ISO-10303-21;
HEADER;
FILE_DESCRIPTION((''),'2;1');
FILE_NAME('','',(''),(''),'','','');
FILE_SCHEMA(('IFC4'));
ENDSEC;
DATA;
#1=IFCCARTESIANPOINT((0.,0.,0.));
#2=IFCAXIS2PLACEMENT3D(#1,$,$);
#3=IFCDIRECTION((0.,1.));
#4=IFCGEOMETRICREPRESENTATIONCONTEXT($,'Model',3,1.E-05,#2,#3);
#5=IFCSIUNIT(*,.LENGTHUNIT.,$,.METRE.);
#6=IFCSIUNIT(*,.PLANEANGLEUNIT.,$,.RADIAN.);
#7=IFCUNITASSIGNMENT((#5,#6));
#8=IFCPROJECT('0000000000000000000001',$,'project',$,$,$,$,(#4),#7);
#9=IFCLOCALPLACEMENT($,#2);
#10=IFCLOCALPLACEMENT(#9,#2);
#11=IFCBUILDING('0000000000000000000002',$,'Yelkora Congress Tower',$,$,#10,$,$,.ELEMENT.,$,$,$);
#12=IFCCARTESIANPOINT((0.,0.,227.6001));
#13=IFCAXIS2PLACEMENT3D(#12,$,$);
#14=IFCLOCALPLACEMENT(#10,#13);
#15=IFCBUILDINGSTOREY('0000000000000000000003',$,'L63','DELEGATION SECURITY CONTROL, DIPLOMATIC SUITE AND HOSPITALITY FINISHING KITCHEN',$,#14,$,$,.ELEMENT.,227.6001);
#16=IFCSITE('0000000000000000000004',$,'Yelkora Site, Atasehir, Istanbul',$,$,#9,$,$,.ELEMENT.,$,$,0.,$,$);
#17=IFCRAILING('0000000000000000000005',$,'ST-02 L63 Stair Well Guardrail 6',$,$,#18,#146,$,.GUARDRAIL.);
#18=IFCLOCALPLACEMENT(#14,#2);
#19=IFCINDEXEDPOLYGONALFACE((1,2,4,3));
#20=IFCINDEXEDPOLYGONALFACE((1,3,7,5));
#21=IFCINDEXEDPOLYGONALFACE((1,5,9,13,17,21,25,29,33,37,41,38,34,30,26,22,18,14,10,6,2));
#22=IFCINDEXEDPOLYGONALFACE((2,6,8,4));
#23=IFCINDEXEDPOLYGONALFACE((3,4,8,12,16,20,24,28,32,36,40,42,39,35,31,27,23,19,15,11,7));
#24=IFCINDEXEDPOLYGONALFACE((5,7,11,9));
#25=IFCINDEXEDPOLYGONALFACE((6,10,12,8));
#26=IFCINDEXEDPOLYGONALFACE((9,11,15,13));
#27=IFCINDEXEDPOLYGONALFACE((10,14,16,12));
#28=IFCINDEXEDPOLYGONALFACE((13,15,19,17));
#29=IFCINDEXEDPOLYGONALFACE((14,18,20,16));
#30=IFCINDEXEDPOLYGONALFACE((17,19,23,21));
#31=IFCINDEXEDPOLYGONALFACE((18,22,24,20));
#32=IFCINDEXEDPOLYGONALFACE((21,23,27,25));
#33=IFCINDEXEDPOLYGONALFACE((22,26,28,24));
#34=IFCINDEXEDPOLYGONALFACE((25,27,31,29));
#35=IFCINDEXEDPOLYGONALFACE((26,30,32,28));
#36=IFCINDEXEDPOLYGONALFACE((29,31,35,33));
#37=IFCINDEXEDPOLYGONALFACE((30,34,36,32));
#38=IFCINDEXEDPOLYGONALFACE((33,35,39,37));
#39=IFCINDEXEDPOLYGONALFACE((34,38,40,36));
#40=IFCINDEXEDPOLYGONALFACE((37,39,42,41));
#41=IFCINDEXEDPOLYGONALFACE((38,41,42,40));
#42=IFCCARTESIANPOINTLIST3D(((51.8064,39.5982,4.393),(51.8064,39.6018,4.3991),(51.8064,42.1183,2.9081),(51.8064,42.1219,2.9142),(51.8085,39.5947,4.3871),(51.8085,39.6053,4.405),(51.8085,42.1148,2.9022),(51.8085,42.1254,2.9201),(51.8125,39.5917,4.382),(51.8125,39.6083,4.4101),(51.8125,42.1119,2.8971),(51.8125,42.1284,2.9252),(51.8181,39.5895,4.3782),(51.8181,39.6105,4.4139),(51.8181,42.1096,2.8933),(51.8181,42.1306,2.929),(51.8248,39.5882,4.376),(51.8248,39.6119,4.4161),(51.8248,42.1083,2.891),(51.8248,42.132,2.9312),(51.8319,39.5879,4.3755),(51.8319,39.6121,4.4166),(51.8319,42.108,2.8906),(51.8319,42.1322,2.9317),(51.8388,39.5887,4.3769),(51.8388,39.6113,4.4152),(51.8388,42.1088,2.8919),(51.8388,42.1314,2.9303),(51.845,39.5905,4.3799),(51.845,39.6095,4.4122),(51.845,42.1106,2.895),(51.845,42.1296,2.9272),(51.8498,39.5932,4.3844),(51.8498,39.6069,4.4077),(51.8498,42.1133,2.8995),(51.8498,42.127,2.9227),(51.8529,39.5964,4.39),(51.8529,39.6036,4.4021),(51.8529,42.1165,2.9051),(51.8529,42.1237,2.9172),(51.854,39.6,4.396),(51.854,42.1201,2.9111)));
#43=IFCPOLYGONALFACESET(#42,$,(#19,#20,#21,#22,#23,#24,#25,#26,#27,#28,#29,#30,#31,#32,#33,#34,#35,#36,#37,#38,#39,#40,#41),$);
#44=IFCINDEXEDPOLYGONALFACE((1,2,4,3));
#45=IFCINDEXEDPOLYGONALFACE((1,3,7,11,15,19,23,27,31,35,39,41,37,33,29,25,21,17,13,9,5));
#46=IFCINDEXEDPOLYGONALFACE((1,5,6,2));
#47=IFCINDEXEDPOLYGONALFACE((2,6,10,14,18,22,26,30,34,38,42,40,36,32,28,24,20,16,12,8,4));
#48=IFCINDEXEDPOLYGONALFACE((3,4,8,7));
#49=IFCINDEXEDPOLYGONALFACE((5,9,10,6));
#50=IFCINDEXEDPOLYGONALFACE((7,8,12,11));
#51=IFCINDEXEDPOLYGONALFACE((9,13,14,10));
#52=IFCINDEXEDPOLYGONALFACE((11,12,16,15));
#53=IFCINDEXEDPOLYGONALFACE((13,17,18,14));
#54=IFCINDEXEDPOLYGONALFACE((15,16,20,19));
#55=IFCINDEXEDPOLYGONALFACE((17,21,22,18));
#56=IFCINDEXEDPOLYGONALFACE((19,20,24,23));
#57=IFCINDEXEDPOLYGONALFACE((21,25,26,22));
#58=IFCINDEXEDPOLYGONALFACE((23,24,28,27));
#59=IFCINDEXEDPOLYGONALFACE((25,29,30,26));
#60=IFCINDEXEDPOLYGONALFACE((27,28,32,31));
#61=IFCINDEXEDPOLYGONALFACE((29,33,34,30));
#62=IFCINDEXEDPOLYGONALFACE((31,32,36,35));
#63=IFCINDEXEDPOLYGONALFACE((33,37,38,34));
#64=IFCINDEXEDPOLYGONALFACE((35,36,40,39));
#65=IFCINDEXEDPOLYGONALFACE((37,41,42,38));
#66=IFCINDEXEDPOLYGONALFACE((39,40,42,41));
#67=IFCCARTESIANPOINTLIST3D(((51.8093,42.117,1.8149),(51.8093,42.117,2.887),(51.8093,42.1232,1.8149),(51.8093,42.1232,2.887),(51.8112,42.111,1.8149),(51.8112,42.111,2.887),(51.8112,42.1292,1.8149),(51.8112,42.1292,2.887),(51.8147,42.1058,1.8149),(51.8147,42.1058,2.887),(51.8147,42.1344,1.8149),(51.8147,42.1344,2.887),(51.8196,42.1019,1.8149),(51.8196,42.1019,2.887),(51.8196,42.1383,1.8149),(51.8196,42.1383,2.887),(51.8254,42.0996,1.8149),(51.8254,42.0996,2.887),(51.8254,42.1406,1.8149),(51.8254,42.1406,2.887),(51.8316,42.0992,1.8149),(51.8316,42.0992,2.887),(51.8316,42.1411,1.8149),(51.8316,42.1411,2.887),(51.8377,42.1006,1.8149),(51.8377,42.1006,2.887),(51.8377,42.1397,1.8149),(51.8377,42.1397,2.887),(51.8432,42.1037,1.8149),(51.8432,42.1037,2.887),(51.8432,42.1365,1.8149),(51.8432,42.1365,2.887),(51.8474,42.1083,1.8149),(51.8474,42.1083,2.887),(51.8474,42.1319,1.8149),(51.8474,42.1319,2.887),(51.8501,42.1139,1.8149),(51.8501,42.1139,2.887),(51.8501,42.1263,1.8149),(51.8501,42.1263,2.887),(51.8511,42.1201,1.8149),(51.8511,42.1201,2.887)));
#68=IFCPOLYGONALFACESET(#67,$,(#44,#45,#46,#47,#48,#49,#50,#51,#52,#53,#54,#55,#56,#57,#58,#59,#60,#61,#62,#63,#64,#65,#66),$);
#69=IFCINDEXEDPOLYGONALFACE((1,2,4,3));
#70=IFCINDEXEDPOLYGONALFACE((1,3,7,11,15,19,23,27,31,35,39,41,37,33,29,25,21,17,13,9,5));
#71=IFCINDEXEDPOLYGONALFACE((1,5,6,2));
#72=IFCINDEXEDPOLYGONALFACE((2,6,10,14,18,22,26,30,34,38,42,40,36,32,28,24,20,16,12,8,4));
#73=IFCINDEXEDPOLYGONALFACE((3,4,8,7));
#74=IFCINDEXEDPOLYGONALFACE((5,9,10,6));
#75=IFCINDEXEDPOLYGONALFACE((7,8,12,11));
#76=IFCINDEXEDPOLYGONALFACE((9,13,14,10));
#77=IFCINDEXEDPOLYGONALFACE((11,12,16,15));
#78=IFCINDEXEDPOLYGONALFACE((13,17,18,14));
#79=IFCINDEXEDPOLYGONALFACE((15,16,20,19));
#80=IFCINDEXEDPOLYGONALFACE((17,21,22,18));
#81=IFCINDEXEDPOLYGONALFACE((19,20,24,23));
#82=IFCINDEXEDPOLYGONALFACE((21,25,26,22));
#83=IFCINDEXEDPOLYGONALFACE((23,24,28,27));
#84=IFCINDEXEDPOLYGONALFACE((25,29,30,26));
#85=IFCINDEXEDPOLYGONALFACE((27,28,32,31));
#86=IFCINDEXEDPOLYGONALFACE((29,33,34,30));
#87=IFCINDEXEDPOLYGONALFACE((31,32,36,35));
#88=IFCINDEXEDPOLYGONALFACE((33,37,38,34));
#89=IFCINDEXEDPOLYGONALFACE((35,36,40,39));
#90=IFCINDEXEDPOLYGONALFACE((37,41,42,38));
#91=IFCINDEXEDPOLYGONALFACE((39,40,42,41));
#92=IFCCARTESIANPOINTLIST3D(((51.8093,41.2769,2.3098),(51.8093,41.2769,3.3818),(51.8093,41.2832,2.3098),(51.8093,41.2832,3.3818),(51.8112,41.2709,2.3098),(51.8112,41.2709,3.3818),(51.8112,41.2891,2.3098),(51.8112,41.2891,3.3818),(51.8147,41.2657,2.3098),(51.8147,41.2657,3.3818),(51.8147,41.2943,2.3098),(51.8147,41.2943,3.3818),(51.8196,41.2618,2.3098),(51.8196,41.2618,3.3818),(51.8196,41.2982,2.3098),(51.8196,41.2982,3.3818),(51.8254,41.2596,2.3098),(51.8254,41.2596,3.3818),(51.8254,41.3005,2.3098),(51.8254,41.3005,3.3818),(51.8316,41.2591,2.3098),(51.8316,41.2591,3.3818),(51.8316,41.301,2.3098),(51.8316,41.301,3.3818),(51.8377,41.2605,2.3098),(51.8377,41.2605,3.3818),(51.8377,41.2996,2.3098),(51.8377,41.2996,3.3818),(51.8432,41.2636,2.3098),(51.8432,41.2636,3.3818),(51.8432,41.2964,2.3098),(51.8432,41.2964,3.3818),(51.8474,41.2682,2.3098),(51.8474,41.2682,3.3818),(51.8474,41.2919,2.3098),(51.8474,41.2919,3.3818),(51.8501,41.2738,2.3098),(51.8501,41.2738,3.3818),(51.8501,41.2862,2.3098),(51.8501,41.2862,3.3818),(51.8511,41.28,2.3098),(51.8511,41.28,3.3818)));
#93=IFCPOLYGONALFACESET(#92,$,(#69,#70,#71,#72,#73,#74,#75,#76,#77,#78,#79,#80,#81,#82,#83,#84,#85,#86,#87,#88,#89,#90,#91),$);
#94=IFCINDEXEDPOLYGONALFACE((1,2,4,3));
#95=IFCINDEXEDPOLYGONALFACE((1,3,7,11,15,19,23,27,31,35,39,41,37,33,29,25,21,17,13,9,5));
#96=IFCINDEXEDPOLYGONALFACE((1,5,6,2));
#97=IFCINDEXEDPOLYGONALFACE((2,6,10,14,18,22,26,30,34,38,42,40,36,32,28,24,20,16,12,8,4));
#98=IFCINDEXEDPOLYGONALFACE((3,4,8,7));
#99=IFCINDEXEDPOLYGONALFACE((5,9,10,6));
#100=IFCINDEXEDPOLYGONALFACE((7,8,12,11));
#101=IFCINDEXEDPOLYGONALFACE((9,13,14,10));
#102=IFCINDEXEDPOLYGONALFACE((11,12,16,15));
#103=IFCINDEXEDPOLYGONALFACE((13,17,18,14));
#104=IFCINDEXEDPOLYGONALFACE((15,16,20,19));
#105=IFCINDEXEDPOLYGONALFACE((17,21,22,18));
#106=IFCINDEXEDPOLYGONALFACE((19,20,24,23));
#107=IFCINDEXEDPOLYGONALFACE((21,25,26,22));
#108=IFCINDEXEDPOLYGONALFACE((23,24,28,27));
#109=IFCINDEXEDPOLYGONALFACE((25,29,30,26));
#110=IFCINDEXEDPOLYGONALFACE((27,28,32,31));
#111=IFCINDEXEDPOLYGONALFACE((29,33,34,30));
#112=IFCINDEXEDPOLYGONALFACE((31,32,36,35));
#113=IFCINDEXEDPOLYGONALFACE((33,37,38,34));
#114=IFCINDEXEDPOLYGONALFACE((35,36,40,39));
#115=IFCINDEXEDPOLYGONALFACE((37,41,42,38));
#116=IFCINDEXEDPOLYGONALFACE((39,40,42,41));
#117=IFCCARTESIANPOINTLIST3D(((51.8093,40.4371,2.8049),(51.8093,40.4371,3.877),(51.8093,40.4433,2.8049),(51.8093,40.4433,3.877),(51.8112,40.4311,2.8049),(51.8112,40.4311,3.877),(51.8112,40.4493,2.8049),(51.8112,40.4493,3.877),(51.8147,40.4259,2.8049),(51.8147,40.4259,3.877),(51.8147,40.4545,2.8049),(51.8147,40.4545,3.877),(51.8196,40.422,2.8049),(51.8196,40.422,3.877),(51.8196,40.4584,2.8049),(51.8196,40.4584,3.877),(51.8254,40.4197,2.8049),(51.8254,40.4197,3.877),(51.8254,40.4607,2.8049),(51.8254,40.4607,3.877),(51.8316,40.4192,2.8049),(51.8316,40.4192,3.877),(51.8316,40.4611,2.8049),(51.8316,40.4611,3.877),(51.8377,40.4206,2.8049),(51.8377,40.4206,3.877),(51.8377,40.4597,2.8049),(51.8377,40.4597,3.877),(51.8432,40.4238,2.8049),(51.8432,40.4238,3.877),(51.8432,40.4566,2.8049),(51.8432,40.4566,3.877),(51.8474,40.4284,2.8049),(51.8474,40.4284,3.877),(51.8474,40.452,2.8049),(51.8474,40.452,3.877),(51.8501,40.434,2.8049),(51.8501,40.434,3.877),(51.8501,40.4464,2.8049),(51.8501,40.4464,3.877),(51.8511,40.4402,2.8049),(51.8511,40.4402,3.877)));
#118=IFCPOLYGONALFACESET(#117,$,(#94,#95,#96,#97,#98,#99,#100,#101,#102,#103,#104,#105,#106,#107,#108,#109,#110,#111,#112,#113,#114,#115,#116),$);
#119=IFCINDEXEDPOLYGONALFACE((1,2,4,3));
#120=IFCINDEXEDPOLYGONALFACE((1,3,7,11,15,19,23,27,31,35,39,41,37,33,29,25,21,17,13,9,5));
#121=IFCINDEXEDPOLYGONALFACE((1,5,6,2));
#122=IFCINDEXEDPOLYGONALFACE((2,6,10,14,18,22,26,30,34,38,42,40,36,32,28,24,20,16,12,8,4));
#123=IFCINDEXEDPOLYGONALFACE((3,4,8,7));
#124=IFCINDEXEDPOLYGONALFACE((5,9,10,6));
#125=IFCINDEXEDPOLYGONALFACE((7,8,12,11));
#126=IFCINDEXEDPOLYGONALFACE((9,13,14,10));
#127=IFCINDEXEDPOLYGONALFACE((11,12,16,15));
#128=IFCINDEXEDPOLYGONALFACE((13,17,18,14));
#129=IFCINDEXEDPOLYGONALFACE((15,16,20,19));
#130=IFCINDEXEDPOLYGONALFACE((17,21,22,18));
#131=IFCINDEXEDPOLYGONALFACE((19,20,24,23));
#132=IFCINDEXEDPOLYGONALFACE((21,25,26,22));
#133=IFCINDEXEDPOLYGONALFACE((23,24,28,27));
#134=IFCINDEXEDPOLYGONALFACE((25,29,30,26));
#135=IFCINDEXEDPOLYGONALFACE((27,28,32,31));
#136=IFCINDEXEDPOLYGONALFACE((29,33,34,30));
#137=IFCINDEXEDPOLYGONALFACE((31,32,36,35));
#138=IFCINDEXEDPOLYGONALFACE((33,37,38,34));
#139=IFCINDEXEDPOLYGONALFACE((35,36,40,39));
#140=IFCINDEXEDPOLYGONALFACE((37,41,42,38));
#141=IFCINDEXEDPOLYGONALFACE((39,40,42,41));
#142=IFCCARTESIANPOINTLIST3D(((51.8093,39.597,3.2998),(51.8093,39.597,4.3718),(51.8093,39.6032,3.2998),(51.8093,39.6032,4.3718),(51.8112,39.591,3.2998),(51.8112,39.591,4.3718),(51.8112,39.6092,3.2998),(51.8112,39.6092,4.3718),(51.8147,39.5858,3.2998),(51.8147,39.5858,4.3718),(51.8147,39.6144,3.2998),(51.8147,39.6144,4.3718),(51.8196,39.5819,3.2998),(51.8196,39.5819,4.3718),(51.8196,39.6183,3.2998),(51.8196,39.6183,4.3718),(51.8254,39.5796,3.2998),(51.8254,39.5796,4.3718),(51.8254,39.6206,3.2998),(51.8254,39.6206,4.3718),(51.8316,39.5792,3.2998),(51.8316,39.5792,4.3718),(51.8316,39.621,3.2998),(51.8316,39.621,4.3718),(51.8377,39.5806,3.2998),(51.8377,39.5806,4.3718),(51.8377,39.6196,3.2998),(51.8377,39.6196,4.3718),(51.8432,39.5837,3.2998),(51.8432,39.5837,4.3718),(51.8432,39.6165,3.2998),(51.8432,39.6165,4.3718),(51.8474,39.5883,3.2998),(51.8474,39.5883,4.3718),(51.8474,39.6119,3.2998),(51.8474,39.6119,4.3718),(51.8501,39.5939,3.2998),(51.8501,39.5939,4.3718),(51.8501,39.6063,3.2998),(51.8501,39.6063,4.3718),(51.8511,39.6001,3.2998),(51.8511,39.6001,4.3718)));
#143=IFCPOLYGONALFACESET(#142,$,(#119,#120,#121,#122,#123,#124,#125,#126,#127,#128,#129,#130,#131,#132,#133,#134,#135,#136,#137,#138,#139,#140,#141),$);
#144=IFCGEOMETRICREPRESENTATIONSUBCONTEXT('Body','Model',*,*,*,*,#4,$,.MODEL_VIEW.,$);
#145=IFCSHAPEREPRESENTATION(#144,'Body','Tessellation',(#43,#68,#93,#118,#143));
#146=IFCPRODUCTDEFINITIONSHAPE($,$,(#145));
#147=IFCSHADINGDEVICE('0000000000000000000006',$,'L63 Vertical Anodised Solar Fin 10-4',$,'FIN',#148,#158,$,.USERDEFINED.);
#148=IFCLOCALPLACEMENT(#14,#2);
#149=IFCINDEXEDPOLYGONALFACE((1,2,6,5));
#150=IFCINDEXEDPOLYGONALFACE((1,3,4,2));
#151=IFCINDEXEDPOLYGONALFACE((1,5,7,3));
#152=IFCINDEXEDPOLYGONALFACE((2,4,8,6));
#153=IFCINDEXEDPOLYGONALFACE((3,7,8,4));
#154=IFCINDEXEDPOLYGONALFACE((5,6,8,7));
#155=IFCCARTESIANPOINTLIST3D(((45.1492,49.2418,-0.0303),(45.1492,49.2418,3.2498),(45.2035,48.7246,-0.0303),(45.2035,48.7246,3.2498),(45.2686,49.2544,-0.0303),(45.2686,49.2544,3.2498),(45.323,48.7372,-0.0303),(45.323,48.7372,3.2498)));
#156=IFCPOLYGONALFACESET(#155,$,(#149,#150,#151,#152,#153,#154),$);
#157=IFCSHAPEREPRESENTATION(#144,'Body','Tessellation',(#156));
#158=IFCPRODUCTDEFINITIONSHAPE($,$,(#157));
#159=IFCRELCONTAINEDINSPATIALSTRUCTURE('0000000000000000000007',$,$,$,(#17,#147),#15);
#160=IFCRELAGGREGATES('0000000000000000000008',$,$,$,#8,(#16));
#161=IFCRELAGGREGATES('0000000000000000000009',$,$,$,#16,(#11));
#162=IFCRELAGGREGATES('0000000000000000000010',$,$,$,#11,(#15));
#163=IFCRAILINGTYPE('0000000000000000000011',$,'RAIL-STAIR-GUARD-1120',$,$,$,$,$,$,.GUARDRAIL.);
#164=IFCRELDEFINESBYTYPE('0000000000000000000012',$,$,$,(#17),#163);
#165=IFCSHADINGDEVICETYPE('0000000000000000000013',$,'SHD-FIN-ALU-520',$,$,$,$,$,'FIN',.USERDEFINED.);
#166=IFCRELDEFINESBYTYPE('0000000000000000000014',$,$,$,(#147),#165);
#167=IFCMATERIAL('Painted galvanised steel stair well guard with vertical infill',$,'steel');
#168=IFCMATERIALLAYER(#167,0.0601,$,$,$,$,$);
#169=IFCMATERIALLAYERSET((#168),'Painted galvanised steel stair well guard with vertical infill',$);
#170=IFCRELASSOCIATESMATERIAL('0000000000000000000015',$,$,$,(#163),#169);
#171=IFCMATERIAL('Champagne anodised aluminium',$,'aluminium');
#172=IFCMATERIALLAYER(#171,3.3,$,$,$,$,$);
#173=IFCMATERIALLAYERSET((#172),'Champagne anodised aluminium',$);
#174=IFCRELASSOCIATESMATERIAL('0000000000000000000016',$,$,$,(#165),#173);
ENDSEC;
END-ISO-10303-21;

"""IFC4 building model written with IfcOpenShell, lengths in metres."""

from ifc_helpers import new_model, si_unit, direction, frame, origin, origin_2d, place, context, subcontext, project, spatial, rectangle, circle, extrude, material, layer, layer_set, type_object, element, save


model = new_model("IFC4")

# Units and contexts
model_context = context("Model", 3, precision=1e-05, world=origin(), true_north=direction((0.0, 1.0)))
body_context = subcontext(model_context, "Body", "Model", "MODEL_VIEW")
ifc_project = project(units=[si_unit("LENGTHUNIT", "METRE"), si_unit("PLANEANGLEUNIT", "RADIAN")], contexts=[model_context])

# Site, building, storey
site_placement = place(None, origin())
site = spatial("IfcSite", under=ifc_project, at=site_placement, Name="Yelkora Site, Atasehir, Istanbul", CompositionType="ELEMENT", RefElevation=0.0)
building_placement = place(site_placement, origin())
building = spatial("IfcBuilding", under=site, at=building_placement, Name="Yelkora Congress Tower", CompositionType="ELEMENT")
storey_placement = place(building_placement, frame((0.0, 0.0, 227.6001)))
storey = spatial("IfcBuildingStorey", under=building, at=storey_placement, Name="L63", Description="DELEGATION SECURITY CONTROL, DIPLOMATIC SUITE AND HOSPITALITY FINISHING KITCHEN", CompositionType="ELEMENT", Elevation=227.6001)

# Railing
ifc_material_1 = material(Name="Painted galvanised steel stair well guard with vertical infill", Category="steel")
ifc_layer_1 = layer(ifc_material_1, 0.0601)
ifc_layer_set_1 = layer_set([ifc_layer_1], Name="Painted galvanised steel stair well guard with vertical infill")
railing_type = type_object("IfcRailingType", Name="RAIL-STAIR-GUARD-1120", PredefinedType="GUARDRAIL", material=ifc_layer_set_1)
railing_1_placement = place(storey_placement, frame((51.8301, 42.1201, 1.8149)))
element("IfcRailing", 1, at=railing_1_placement, inside=storey, type_object=railing_type, Name="ST-02 L63 Stair Well Guardrail 6", PredefinedType="GUARDRAIL", context=body_context, shape_type="SweptSolid", body=[
    extrude(circle(Radius=0.0239, at=origin_2d()), frame((0.0, 0.0, 1.0962), z_axis=(0.0, -0.861561, 0.507655), x_axis=(1.0, 0.0, 0.0)), (0.0, 0.0, 1.0), 2.925),
    extrude(circle(Radius=0.021, at=origin_2d()), origin(), (0.0, 0.0, 1.0), 1.072),
    extrude(circle(Radius=0.021, at=origin_2d()), frame((0.0, -0.8401, 0.4949)), (0.0, 0.0, 1.0), 1.072),
    extrude(circle(Radius=0.021, at=origin_2d()), frame((0.0, -1.6799, 0.99)), (0.0, 0.0, 1.0), 1.072),
    extrude(circle(Radius=0.021, at=origin_2d()), frame((0.0, -2.52, 1.4849)), (0.0, 0.0, 1.0), 1.072),
])

# Shading device
ifc_material_2 = material(Name="Champagne anodised aluminium", Category="aluminium")
ifc_layer_2 = layer(ifc_material_2, 3.3)
ifc_layer_set_2 = layer_set([ifc_layer_2], Name="Champagne anodised aluminium")
shading_device_type = type_object("IfcShadingDeviceType", Name="SHD-FIN-ALU-520", ElementType="FIN", PredefinedType="USERDEFINED", material=ifc_layer_set_2)
shading_device_placement = place(storey_placement, frame((45.2361, 48.9895, -0.0303), z_axis=(0.0, 0.0, 1.0), x_axis=(0.994522, 0.104528, 0.0)))
element("IfcShadingDevice", 2, at=shading_device_placement, inside=storey, type_object=shading_device_type, Name="L63 Vertical Anodised Solar Fin 10-4", ObjectType="FIN", PredefinedType="USERDEFINED", context=body_context, shape_type="SweptSolid", body=[
    extrude(rectangle(XDim=0.1201, YDim=0.52, at=origin_2d()), origin(), (0.0, 0.0, 1.0), 3.28),
])

save(model, "model.ifc")
